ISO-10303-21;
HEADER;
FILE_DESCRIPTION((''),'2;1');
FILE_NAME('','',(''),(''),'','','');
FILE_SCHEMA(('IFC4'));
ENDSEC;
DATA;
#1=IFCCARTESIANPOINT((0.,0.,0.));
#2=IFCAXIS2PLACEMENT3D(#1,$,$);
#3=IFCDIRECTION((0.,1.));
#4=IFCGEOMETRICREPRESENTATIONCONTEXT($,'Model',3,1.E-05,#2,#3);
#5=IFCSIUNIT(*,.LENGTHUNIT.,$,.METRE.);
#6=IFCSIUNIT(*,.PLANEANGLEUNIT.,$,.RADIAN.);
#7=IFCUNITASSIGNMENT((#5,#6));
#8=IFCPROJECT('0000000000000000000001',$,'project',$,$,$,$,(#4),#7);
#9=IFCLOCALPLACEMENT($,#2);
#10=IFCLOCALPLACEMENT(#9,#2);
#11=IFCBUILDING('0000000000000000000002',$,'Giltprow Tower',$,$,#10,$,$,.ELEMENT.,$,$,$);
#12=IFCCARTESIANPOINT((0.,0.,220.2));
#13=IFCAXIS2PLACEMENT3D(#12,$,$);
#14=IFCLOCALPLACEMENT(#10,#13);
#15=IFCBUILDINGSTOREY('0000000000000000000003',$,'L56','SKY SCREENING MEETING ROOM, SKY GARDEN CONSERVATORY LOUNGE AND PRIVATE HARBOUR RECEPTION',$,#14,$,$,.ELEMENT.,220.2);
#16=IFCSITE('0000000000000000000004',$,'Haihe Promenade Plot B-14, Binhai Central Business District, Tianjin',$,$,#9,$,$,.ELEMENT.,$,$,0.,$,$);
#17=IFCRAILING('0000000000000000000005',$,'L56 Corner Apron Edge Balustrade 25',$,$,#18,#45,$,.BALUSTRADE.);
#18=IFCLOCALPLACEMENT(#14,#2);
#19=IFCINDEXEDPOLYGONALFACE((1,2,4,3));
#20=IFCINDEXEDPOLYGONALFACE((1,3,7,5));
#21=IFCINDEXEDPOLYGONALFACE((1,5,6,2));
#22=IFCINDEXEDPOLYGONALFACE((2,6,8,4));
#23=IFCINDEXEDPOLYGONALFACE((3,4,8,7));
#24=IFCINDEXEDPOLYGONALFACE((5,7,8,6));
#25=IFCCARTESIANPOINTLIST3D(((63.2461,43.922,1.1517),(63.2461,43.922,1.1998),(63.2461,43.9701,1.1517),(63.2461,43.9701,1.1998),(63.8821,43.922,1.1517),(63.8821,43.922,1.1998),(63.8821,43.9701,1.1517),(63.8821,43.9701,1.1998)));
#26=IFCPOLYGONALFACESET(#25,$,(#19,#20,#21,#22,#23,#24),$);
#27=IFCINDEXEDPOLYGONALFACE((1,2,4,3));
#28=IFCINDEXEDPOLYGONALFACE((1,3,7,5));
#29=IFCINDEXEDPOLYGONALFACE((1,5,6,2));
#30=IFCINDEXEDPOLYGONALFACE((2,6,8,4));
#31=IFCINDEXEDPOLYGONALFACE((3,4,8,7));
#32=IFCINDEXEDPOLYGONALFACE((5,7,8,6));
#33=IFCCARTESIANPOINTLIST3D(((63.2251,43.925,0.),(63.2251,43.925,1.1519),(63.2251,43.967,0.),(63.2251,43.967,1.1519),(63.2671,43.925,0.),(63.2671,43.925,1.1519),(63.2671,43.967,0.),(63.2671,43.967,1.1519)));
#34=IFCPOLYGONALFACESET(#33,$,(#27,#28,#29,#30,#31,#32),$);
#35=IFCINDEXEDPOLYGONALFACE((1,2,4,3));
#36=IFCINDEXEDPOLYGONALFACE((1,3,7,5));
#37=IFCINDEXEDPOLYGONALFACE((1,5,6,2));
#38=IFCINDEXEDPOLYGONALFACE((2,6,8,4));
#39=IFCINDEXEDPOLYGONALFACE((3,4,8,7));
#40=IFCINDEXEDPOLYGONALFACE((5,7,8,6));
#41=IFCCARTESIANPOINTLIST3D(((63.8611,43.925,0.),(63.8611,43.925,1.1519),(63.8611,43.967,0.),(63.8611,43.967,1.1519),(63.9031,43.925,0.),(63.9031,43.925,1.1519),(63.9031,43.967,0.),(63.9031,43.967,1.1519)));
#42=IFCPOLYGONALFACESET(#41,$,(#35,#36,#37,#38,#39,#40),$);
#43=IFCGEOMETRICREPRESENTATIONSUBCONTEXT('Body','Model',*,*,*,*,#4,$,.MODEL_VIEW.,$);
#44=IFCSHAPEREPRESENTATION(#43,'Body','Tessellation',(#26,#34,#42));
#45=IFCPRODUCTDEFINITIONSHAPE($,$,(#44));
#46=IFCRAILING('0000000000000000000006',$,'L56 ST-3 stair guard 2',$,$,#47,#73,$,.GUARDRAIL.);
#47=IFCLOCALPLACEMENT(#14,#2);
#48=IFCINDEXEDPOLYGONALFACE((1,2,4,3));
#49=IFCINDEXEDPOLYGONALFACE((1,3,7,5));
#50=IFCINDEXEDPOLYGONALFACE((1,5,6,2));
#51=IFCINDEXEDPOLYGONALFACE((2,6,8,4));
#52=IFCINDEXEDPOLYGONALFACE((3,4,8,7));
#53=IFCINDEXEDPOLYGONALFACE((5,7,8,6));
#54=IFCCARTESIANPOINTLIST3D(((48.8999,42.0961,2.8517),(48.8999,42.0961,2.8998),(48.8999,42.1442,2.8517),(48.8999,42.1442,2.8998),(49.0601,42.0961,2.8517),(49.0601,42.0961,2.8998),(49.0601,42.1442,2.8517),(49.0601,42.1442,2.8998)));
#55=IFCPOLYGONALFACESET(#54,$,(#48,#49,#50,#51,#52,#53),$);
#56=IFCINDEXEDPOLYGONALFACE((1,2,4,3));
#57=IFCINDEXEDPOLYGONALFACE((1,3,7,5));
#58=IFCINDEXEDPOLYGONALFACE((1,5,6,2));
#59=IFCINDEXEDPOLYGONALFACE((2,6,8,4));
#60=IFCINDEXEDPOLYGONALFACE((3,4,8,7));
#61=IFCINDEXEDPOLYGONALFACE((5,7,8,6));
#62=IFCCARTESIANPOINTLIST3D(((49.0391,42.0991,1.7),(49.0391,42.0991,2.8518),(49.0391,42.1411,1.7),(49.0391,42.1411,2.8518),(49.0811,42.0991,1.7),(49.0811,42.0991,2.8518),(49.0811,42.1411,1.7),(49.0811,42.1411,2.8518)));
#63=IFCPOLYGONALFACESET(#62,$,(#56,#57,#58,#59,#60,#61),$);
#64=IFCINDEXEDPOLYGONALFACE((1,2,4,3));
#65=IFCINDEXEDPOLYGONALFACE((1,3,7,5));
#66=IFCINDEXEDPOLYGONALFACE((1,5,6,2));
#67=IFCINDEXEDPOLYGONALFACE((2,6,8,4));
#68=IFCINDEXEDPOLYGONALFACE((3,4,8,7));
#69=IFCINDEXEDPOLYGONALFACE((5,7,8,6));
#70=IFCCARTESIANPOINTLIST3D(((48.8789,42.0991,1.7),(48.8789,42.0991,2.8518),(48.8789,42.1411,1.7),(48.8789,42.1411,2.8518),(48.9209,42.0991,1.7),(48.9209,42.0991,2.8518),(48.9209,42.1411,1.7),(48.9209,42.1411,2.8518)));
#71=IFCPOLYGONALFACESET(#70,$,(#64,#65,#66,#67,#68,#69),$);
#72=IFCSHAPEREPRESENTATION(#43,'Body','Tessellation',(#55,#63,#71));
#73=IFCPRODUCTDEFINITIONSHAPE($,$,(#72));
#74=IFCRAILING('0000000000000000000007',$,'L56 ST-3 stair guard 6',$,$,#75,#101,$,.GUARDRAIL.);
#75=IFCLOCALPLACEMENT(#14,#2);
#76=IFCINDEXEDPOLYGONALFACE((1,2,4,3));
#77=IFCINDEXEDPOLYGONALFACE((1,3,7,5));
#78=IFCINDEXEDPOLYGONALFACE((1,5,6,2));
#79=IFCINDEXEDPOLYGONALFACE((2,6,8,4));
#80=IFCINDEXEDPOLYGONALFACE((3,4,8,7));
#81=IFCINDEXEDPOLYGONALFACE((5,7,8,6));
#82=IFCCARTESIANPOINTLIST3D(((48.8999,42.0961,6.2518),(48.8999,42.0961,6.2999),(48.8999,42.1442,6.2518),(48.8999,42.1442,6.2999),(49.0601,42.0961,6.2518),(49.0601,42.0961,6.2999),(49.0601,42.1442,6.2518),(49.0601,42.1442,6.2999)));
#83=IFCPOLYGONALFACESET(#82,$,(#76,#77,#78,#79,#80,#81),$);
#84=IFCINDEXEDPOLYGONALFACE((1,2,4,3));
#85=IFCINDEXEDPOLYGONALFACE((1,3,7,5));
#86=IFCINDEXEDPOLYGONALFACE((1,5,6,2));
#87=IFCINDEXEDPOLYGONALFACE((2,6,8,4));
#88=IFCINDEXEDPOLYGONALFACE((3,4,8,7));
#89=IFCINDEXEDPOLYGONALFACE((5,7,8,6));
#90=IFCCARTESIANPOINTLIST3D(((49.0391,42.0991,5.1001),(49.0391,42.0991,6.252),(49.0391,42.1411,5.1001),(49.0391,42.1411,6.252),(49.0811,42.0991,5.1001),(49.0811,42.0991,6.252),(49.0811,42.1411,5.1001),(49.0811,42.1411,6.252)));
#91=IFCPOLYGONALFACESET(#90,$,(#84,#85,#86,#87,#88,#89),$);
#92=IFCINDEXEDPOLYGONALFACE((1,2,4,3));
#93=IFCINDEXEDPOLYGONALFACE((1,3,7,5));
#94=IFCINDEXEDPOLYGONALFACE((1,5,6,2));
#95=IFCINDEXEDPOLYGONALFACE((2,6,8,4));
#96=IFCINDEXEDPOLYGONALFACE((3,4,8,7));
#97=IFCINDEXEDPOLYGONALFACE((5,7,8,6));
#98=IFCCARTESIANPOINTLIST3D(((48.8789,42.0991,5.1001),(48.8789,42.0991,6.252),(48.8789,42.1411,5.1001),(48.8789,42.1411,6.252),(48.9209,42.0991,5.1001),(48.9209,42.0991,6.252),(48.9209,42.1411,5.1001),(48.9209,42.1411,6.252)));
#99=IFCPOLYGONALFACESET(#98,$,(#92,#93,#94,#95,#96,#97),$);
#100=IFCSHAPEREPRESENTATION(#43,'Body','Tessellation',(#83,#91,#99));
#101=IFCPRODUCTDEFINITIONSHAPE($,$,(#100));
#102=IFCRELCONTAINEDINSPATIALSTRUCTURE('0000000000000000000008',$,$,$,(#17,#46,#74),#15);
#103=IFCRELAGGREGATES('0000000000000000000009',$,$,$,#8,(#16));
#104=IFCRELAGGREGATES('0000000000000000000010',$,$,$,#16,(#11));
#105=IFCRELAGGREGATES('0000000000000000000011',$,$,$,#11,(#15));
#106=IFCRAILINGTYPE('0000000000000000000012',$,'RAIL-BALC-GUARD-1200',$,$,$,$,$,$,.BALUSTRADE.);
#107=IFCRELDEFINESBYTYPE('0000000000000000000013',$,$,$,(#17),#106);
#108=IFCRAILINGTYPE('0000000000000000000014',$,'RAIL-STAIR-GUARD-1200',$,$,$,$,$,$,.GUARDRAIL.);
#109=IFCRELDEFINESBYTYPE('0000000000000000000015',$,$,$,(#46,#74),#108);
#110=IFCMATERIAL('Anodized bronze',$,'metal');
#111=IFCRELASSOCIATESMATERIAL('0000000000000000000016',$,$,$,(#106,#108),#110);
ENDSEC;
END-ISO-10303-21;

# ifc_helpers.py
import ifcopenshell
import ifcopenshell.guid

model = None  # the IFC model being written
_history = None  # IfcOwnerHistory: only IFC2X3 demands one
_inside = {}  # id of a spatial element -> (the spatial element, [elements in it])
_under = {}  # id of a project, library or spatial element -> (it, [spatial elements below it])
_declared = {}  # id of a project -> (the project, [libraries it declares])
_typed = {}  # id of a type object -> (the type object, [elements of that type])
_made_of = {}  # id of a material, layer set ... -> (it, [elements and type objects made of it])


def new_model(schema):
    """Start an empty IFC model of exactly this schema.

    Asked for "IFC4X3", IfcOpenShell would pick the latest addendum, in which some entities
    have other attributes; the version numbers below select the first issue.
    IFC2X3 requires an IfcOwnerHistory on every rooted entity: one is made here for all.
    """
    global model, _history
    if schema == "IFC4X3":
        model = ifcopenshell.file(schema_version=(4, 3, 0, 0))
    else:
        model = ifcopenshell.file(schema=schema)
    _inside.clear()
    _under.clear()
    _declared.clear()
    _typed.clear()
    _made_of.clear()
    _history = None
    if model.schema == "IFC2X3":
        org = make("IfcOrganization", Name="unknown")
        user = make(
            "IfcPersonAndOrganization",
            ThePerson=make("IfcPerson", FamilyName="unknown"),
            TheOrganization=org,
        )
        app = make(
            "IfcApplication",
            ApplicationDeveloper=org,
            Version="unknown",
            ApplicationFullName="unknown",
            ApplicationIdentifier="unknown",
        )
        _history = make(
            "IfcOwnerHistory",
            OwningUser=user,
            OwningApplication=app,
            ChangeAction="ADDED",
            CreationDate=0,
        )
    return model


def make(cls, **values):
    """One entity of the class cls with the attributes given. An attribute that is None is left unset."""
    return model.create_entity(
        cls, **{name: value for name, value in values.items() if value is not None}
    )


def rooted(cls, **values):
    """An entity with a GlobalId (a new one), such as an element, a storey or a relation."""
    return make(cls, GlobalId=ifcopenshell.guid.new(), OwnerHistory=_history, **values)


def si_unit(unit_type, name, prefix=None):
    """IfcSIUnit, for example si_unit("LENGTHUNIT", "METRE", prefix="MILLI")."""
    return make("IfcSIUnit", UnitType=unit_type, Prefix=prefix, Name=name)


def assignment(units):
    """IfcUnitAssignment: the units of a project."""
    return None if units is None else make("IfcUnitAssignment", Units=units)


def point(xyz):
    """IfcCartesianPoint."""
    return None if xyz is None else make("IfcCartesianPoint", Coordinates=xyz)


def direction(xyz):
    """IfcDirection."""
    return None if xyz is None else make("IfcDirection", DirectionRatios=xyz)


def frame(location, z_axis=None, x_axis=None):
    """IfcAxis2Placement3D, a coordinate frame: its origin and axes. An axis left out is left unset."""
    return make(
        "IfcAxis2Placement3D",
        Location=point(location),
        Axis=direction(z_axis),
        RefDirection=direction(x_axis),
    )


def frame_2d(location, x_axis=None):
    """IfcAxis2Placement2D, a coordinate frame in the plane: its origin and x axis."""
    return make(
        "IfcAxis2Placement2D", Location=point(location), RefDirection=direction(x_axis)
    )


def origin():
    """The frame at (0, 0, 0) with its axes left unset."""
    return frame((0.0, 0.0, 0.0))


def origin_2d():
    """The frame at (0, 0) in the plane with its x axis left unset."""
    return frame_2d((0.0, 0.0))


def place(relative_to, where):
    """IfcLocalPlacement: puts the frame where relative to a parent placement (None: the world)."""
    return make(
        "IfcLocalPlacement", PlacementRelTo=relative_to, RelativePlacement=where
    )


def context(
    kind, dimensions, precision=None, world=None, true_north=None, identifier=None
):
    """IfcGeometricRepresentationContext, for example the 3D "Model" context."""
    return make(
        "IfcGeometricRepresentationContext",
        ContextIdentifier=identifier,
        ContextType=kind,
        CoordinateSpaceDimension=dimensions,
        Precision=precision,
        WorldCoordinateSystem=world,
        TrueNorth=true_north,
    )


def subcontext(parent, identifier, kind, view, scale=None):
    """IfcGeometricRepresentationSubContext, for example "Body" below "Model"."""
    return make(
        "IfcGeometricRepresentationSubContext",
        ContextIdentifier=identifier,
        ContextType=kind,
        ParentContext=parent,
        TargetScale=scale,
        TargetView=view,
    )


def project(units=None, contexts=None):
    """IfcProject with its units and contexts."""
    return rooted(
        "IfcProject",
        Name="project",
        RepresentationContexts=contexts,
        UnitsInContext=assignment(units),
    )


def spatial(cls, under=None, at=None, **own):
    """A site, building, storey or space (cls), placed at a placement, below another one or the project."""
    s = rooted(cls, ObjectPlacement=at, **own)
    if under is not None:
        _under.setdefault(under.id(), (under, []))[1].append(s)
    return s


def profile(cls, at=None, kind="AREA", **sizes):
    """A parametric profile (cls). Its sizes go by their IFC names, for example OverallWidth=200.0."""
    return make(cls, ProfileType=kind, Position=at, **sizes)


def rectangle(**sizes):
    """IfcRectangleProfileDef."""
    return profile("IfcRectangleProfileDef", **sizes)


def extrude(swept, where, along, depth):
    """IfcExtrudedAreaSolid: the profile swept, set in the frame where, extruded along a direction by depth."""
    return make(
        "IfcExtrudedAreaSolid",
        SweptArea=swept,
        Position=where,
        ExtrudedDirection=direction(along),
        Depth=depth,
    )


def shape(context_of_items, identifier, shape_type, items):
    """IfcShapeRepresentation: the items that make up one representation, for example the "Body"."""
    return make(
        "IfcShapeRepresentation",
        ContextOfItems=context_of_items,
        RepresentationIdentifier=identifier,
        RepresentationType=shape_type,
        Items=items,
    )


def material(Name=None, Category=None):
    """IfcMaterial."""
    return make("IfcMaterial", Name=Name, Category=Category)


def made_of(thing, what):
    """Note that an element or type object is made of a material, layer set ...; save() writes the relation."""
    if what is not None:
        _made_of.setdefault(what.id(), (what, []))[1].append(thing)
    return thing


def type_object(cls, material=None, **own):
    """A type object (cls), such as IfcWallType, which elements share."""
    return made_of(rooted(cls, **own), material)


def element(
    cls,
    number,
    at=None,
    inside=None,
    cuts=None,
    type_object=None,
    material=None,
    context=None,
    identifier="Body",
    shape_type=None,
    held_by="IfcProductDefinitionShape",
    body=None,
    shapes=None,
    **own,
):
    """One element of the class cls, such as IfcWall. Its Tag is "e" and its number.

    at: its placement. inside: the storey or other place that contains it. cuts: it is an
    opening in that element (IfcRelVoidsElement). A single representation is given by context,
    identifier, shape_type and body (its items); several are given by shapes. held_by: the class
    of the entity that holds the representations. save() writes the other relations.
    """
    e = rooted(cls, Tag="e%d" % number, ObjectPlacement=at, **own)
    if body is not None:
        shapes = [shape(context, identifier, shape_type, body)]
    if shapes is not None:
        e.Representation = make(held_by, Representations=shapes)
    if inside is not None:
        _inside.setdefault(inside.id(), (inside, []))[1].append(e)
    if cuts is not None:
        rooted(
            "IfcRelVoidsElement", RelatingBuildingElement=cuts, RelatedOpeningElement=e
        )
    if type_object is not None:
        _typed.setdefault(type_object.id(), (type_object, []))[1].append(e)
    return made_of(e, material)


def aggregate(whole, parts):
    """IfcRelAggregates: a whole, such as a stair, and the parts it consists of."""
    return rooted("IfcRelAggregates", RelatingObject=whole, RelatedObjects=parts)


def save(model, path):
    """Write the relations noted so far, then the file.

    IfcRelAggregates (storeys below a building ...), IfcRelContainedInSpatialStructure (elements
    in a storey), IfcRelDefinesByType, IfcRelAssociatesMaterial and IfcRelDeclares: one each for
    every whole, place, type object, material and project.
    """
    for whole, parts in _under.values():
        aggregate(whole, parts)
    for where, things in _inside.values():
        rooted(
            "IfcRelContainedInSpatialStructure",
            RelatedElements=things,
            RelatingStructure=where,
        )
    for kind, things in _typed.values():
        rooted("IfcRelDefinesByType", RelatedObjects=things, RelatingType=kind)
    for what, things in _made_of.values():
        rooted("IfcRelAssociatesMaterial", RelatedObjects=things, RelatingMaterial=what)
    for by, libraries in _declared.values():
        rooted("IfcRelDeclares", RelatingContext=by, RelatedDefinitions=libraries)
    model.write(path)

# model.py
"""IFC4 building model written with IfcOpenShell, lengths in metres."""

from ifc_helpers import new_model, si_unit, direction, frame, origin, origin_2d, place, context, subcontext, project, spatial, rectangle, extrude, material, type_object, element, save


model = new_model("IFC4")

# Units and contexts
model_context = context("Model", 3, precision=1e-05, world=origin(), true_north=direction((0.0, 1.0)))
body_context = subcontext(model_context, "Body", "Model", "MODEL_VIEW")
ifc_project = project(units=[si_unit("LENGTHUNIT", "METRE"), si_unit("PLANEANGLEUNIT", "RADIAN")], contexts=[model_context])

# Site, building, storey
site_placement = place(None, origin())
site = spatial("IfcSite", under=ifc_project, at=site_placement, Name="Haihe Promenade Plot B-14, Binhai Central Business District, Tianjin", CompositionType="ELEMENT", RefElevation=0.0)
building_placement = place(site_placement, origin())
building = spatial("IfcBuilding", under=site, at=building_placement, Name="Giltprow Tower", CompositionType="ELEMENT")
storey_placement = place(building_placement, frame((0.0, 0.0, 220.2)))
storey = spatial("IfcBuildingStorey", under=building, at=storey_placement, Name="L56", Description="SKY SCREENING MEETING ROOM, SKY GARDEN CONSERVATORY LOUNGE AND PRIVATE HARBOUR RECEPTION", CompositionType="ELEMENT", Elevation=220.2)

# Railings
ifc_material_1 = material(Name="Anodized bronze", Category="metal")
railing_type_1 = type_object("IfcRailingType", Name="RAIL-BALC-GUARD-1200", PredefinedType="BALUSTRADE", material=ifc_material_1)
railing_1_placement = place(storey_placement, frame((63.2461, 43.946, 0.0)))
element("IfcRailing", 1, at=railing_1_placement, inside=storey, type_object=railing_type_1, Name="L56 Corner Apron Edge Balustrade 25", PredefinedType="BALUSTRADE", context=body_context, shape_type="SweptSolid", body=[
    extrude(rectangle(XDim=0.0481, YDim=0.0481, at=origin_2d()), frame((0.0, 0.0, 1.1758), z_axis=(1.0, 0.0, 0.0), x_axis=(0.0, 1.0, 0.0)), (0.0, 0.0, 1.0), 0.636),
    extrude(rectangle(XDim=0.042, YDim=0.042, at=origin_2d()), origin(), (0.0, 0.0, 1.0), 1.1519),
    extrude(rectangle(XDim=0.042, YDim=0.042, at=origin_2d()), frame((0.636, 0.0, 0.0)), (0.0, 0.0, 1.0), 1.1519),
])
railing_type_2 = type_object("IfcRailingType", Name="RAIL-STAIR-GUARD-1200", PredefinedType="GUARDRAIL", material=ifc_material_1)
for number, where, name in (
    (2, (49.0601, 42.1201, 1.7), "L56 ST-3 stair guard 2"),
    (3, (49.0601, 42.1201, 5.1001), "L56 ST-3 stair guard 6"),
):
    element("IfcRailing", number, at=place(storey_placement, frame(where)), inside=storey, type_object=railing_type_2, Name=name, PredefinedType="GUARDRAIL", context=body_context, shape_type="SweptSolid", body=[
        extrude(rectangle(XDim=0.0481, YDim=0.0481, at=origin_2d()), frame((0.0, 0.0, 1.1758), z_axis=(-1.0, 0.0, 0.0), x_axis=(0.0, -1.0, 0.0)), (0.0, 0.0, 1.0), 0.1602),
        extrude(rectangle(XDim=0.042, YDim=0.042, at=origin_2d()), origin(), (0.0, 0.0, 1.0), 1.1519),
        extrude(rectangle(XDim=0.042, YDim=0.042, at=origin_2d()), frame((-0.1602, 0.0, 0.0)), (0.0, 0.0, 1.0), 1.1519),
    ])

save(model, "model.ifc")
